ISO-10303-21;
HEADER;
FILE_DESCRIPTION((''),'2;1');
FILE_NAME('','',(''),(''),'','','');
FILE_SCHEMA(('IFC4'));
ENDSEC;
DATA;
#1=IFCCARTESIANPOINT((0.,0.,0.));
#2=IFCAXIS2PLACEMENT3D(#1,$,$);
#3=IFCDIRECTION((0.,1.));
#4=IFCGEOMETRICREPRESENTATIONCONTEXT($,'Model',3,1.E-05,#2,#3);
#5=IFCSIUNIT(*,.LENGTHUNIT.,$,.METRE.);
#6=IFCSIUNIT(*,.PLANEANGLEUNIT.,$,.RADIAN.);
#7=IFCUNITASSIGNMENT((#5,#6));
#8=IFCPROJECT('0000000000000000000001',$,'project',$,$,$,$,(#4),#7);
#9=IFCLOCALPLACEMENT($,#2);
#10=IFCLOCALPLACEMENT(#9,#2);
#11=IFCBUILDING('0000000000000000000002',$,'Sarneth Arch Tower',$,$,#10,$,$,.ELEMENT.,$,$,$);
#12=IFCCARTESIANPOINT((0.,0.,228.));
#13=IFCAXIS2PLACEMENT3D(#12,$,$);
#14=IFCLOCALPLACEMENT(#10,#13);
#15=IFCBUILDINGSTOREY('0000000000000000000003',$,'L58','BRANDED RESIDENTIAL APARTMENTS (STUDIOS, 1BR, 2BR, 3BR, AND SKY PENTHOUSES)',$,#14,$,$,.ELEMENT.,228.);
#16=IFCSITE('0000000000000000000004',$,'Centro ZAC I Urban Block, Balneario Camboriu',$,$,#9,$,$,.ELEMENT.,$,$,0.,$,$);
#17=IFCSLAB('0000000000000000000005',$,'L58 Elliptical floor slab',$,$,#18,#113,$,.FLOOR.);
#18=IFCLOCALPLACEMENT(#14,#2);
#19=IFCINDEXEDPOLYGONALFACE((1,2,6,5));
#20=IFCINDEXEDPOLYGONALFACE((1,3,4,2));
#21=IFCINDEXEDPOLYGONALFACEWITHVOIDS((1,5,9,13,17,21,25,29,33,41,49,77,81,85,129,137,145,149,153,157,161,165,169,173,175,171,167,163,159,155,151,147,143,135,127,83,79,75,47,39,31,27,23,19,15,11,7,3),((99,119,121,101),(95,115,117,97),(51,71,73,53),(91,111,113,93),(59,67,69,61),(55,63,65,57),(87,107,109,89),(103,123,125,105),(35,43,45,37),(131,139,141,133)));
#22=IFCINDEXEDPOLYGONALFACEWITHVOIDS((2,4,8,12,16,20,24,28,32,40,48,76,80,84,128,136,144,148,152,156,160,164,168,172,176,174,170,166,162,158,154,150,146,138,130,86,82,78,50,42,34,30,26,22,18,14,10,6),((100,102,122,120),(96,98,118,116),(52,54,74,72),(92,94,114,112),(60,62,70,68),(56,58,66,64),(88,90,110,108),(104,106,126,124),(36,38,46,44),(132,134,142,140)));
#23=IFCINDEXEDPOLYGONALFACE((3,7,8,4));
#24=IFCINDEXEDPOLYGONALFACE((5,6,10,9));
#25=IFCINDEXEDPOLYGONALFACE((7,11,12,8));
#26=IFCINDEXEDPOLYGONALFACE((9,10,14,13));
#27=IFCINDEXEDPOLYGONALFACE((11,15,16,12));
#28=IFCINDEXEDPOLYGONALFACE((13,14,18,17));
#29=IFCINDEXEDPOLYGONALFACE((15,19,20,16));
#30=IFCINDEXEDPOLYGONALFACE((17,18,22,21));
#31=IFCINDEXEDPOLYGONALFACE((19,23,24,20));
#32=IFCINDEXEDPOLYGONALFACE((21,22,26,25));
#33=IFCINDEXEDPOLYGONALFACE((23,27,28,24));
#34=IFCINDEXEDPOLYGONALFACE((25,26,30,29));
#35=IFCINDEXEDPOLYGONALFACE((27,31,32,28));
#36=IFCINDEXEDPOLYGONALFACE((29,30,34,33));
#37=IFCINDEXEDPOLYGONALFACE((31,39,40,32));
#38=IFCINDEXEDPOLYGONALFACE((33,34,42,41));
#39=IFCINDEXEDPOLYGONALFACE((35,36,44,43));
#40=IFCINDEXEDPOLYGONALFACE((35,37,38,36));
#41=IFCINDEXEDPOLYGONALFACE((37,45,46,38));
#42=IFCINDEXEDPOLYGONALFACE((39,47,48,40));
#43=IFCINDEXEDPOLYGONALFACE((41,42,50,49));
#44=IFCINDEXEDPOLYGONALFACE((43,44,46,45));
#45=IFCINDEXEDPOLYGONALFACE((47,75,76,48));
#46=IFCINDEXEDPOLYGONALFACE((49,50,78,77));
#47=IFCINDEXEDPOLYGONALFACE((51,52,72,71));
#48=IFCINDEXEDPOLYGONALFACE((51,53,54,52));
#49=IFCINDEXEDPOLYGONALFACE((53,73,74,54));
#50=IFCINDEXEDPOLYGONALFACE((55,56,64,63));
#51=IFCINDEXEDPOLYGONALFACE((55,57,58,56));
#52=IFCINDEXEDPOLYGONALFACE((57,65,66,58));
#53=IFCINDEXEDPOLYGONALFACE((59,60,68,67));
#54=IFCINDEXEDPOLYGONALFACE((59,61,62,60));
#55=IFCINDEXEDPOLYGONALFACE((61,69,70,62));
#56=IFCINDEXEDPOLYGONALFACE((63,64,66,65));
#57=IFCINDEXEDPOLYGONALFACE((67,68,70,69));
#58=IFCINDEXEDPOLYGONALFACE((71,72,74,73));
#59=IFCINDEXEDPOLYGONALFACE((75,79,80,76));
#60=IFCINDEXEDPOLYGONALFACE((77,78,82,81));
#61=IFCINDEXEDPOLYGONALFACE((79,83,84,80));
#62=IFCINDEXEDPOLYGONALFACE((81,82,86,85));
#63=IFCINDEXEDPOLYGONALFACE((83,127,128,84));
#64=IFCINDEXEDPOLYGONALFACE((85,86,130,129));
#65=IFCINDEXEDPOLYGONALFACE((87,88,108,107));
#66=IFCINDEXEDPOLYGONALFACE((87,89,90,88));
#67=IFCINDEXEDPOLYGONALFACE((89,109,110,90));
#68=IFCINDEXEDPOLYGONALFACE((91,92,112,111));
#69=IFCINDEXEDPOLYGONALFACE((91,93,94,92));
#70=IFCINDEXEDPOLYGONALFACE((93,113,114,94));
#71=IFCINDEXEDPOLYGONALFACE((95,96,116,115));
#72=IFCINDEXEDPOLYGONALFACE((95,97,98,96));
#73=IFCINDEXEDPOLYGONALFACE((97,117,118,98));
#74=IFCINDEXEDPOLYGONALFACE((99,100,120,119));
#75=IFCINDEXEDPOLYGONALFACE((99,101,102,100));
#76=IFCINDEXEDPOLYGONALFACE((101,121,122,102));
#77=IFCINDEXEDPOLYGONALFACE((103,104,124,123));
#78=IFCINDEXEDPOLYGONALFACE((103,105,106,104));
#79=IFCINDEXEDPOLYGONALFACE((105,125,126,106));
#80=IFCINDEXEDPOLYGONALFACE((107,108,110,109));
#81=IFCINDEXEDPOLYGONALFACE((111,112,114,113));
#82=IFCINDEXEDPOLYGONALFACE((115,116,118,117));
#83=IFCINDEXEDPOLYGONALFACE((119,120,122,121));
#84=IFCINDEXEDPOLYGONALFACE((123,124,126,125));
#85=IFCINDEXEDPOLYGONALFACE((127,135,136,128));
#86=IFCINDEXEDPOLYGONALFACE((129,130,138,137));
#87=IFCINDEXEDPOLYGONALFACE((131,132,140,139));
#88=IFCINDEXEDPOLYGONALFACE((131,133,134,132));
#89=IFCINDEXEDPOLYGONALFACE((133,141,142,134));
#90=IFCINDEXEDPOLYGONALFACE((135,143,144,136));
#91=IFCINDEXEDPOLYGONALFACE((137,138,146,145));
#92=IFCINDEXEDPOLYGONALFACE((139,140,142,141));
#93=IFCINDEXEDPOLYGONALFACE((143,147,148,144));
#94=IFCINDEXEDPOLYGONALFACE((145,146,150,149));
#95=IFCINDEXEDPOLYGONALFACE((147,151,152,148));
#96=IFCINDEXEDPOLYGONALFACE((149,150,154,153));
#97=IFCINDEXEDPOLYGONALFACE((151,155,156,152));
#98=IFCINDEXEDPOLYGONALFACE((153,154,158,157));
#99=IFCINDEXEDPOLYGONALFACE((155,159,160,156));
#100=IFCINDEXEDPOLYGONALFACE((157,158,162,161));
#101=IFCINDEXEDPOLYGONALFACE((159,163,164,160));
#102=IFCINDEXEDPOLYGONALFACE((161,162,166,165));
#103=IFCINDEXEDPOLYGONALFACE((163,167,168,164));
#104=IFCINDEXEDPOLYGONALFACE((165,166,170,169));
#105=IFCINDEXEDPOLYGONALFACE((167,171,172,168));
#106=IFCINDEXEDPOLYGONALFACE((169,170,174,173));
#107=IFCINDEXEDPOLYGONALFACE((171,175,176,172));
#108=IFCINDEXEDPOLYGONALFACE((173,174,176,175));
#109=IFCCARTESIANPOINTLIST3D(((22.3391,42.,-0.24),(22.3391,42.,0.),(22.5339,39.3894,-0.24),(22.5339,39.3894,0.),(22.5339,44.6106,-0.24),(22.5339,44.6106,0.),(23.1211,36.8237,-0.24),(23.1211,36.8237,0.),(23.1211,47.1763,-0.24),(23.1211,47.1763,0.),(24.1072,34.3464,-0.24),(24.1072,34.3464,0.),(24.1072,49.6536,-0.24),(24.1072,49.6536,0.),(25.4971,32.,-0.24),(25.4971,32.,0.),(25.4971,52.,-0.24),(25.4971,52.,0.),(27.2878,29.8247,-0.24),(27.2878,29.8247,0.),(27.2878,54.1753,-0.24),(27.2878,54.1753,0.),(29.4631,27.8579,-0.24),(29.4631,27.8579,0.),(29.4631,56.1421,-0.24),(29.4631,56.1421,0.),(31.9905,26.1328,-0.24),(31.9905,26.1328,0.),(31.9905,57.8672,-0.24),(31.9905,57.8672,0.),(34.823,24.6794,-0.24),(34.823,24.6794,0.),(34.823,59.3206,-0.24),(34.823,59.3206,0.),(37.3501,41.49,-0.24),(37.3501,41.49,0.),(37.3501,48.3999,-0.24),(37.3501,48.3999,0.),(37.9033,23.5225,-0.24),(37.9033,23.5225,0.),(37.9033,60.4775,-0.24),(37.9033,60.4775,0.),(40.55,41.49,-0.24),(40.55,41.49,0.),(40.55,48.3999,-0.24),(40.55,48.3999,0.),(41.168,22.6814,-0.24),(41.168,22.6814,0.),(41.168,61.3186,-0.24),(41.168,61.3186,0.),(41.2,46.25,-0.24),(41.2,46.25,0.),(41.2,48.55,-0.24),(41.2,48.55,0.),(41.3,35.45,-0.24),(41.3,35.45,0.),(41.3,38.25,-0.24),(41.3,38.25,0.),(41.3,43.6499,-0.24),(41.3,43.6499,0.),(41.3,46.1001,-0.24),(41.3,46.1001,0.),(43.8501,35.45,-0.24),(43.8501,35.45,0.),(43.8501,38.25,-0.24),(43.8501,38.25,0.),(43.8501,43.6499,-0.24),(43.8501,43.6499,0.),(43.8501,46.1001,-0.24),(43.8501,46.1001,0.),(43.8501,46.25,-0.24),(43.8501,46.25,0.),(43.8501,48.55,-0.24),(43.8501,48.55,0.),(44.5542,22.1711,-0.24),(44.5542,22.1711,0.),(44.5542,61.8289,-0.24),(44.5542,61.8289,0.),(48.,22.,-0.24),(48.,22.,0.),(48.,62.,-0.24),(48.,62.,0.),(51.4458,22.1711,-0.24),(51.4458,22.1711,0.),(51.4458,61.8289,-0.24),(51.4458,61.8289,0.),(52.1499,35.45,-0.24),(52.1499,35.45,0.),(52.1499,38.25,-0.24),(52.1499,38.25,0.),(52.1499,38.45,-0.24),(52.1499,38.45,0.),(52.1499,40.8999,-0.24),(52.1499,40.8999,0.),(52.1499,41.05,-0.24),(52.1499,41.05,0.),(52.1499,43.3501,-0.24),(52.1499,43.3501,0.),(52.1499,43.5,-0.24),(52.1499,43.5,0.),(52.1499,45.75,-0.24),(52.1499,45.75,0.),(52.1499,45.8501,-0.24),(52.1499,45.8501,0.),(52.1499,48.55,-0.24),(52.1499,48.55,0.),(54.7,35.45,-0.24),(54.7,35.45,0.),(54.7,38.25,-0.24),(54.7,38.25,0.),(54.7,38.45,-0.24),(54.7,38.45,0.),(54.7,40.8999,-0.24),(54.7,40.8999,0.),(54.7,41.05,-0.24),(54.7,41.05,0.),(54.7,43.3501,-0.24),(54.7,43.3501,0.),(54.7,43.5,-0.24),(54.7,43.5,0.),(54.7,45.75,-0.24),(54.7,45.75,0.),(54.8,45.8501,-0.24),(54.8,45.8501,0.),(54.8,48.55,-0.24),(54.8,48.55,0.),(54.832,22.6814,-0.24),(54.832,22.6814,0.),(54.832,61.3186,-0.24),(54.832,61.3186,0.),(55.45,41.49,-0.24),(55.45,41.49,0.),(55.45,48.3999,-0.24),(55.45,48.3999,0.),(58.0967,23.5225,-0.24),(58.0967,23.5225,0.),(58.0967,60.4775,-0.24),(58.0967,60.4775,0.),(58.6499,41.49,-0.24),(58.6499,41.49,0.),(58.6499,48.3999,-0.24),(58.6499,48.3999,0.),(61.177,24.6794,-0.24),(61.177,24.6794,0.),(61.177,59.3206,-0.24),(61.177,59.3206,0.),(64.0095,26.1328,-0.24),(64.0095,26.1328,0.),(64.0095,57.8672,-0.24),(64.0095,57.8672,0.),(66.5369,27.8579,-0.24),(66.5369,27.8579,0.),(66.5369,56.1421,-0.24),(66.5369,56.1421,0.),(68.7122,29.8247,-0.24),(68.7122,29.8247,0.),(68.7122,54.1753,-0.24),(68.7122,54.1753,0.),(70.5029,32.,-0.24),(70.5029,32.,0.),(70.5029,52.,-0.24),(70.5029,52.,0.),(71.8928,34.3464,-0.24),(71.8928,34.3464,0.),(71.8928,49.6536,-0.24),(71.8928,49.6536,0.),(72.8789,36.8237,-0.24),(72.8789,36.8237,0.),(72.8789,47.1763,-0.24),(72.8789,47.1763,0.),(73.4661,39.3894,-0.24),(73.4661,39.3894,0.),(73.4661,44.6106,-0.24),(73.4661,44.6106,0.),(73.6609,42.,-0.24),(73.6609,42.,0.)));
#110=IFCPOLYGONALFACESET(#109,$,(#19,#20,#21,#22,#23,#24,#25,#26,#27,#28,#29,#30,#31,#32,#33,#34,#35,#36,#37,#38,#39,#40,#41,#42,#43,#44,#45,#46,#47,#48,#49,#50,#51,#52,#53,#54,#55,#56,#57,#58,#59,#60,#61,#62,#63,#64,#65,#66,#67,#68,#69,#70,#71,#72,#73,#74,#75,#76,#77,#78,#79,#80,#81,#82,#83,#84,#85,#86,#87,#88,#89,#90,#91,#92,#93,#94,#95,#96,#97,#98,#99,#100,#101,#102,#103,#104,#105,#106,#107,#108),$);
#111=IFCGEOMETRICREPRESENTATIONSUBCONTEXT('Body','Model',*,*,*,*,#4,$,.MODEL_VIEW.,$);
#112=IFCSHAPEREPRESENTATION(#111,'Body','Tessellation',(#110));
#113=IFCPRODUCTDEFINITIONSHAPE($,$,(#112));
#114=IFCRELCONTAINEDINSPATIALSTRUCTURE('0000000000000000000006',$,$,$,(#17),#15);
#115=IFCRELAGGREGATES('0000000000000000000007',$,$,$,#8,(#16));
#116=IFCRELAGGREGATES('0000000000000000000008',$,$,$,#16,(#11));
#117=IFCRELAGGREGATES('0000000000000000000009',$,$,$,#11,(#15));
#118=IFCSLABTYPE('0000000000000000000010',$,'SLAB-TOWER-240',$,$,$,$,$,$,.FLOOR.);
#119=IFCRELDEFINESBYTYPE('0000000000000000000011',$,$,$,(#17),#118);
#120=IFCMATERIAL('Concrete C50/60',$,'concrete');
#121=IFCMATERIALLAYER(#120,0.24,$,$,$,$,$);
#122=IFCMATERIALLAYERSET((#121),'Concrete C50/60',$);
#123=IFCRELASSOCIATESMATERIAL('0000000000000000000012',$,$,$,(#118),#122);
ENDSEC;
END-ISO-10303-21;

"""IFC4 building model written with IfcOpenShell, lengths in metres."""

from ifc_helpers import new_model, si_unit, direction, frame, origin, place, context, subcontext, project, spatial, polyline, outline, extrude, material, layer, layer_set, type_object, element, save


model = new_model("IFC4")

# Units and contexts
model_context = context("Model", 3, precision=1e-05, world=origin(), true_north=direction((0.0, 1.0)))
body_context = subcontext(model_context, "Body", "Model", "MODEL_VIEW")
ifc_project = project(units=[si_unit("LENGTHUNIT", "METRE"), si_unit("PLANEANGLEUNIT", "RADIAN")], contexts=[model_context])

# Site, building, storey
site_placement = place(None, origin())
site = spatial("IfcSite", under=ifc_project, at=site_placement, Name="Centro ZAC I Urban Block, Balneario Camboriu", CompositionType="ELEMENT", RefElevation=0.0)
building_placement = place(site_placement, origin())
building = spatial("IfcBuilding", under=site, at=building_placement, Name="Sarneth Arch Tower", CompositionType="ELEMENT")
storey_placement = place(building_placement, frame((0.0, 0.0, 228.0)))
storey = spatial("IfcBuildingStorey", under=building, at=storey_placement, Name="L58", Description="BRANDED RESIDENTIAL APARTMENTS (STUDIOS, 1BR, 2BR, 3BR, AND SKY PENTHOUSES)", CompositionType="ELEMENT", Elevation=228.0)

# Slab
ifc_material_1 = material(Name="Concrete C50/60", Category="concrete")
ifc_layer_1 = layer(ifc_material_1, 0.24)
ifc_layer_set_1 = layer_set([ifc_layer_1], Name="Concrete C50/60")
slab_type_1 = type_object("IfcSlabType", Name="SLAB-TOWER-240", PredefinedType="FLOOR", material=ifc_layer_set_1)
slab_1_placement = place(storey_placement, frame((0.0, 0.0, -0.24)))
element("IfcSlab", 1, at=slab_1_placement, inside=storey, type_object=slab_type_1, Name="L58 Elliptical floor slab", PredefinedType="FLOOR", context=body_context, shape_type="SweptSolid", body=[
    extrude(outline(polyline([(73.6609, 42.0), (73.4661, 44.6106), (72.8789, 47.1763), (71.8928, 49.6536), (70.5029, 52.0), (68.7122, 54.1753), (66.5369, 56.1421), (64.0095, 57.8672), (61.177, 59.3206), (58.0967, 60.4775), (54.832, 61.3186), (51.4458, 61.8289), (48.0, 62.0), (44.5542, 61.8289), (41.168, 61.3186), (37.9033, 60.4775), (34.823, 59.3206), (31.9905, 57.8672), (29.4631, 56.1421), (27.2878, 54.1753), (25.4971, 52.0), (24.1072, 49.6536), (23.1211, 47.1763), (22.5339, 44.6106), (22.3391, 42.0), (22.5339, 39.3894), (23.1211, 36.8237), (24.1072, 34.3464), (25.4971, 32.0), (27.2878, 29.8247), (29.4631, 27.8579), (31.9905, 26.1328), (34.823, 24.6794), (37.9033, 23.5225), (41.168, 22.6814), (44.5542, 22.1711), (48.0, 22.0), (51.4458, 22.1711), (54.832, 22.6814), (58.0967, 23.5225), (61.177, 24.6794), (64.0095, 26.1328), (66.5369, 27.8579), (68.7122, 29.8247), (70.5029, 32.0), (71.8928, 34.3464), (72.8789, 36.8237), (73.4661, 39.3894), (73.6609, 42.0)]), holes=[polyline([(37.3501, 41.49), (40.55, 41.49), (40.55, 48.3999), (37.3501, 48.3999), (37.3501, 41.49)]), polyline([(55.45, 41.49), (58.6499, 41.49), (58.6499, 48.3999), (55.45, 48.3999), (55.45, 41.49)]), polyline([(41.2, 46.25), (43.8501, 46.25), (43.8501, 48.55), (41.2, 48.55), (41.2, 46.25)]), polyline([(41.3, 35.45), (43.8501, 35.45), (43.8501, 38.25), (41.3, 38.25), (41.3, 35.45)]), polyline([(52.1499, 35.45), (54.7, 35.45), (54.7, 38.25), (52.1499, 38.25), (52.1499, 35.45)]), polyline([(52.1499, 45.8501), (54.8, 45.8501), (54.8, 48.55), (52.1499, 48.55), (52.1499, 45.8501)]), polyline([(41.3, 43.6499), (43.8501, 43.6499), (43.8501, 46.1001), (41.3, 46.1001), (41.3, 43.6499)]), polyline([(52.1499, 38.45), (54.7, 38.45), (54.7, 40.8999), (52.1499, 40.8999), (52.1499, 38.45)]), polyline([(52.1499, 41.05), (54.7, 41.05), (54.7, 43.3501), (52.1499, 43.3501), (52.1499, 41.05)]), polyline([(52.1499, 43.5), (54.7, 43.5), (54.7, 45.75), (52.1499, 45.75), (52.1499, 43.5)])]), origin(), (0.0, 0.0, 1.0), 0.24),
])

save(model, "model.ifc")
